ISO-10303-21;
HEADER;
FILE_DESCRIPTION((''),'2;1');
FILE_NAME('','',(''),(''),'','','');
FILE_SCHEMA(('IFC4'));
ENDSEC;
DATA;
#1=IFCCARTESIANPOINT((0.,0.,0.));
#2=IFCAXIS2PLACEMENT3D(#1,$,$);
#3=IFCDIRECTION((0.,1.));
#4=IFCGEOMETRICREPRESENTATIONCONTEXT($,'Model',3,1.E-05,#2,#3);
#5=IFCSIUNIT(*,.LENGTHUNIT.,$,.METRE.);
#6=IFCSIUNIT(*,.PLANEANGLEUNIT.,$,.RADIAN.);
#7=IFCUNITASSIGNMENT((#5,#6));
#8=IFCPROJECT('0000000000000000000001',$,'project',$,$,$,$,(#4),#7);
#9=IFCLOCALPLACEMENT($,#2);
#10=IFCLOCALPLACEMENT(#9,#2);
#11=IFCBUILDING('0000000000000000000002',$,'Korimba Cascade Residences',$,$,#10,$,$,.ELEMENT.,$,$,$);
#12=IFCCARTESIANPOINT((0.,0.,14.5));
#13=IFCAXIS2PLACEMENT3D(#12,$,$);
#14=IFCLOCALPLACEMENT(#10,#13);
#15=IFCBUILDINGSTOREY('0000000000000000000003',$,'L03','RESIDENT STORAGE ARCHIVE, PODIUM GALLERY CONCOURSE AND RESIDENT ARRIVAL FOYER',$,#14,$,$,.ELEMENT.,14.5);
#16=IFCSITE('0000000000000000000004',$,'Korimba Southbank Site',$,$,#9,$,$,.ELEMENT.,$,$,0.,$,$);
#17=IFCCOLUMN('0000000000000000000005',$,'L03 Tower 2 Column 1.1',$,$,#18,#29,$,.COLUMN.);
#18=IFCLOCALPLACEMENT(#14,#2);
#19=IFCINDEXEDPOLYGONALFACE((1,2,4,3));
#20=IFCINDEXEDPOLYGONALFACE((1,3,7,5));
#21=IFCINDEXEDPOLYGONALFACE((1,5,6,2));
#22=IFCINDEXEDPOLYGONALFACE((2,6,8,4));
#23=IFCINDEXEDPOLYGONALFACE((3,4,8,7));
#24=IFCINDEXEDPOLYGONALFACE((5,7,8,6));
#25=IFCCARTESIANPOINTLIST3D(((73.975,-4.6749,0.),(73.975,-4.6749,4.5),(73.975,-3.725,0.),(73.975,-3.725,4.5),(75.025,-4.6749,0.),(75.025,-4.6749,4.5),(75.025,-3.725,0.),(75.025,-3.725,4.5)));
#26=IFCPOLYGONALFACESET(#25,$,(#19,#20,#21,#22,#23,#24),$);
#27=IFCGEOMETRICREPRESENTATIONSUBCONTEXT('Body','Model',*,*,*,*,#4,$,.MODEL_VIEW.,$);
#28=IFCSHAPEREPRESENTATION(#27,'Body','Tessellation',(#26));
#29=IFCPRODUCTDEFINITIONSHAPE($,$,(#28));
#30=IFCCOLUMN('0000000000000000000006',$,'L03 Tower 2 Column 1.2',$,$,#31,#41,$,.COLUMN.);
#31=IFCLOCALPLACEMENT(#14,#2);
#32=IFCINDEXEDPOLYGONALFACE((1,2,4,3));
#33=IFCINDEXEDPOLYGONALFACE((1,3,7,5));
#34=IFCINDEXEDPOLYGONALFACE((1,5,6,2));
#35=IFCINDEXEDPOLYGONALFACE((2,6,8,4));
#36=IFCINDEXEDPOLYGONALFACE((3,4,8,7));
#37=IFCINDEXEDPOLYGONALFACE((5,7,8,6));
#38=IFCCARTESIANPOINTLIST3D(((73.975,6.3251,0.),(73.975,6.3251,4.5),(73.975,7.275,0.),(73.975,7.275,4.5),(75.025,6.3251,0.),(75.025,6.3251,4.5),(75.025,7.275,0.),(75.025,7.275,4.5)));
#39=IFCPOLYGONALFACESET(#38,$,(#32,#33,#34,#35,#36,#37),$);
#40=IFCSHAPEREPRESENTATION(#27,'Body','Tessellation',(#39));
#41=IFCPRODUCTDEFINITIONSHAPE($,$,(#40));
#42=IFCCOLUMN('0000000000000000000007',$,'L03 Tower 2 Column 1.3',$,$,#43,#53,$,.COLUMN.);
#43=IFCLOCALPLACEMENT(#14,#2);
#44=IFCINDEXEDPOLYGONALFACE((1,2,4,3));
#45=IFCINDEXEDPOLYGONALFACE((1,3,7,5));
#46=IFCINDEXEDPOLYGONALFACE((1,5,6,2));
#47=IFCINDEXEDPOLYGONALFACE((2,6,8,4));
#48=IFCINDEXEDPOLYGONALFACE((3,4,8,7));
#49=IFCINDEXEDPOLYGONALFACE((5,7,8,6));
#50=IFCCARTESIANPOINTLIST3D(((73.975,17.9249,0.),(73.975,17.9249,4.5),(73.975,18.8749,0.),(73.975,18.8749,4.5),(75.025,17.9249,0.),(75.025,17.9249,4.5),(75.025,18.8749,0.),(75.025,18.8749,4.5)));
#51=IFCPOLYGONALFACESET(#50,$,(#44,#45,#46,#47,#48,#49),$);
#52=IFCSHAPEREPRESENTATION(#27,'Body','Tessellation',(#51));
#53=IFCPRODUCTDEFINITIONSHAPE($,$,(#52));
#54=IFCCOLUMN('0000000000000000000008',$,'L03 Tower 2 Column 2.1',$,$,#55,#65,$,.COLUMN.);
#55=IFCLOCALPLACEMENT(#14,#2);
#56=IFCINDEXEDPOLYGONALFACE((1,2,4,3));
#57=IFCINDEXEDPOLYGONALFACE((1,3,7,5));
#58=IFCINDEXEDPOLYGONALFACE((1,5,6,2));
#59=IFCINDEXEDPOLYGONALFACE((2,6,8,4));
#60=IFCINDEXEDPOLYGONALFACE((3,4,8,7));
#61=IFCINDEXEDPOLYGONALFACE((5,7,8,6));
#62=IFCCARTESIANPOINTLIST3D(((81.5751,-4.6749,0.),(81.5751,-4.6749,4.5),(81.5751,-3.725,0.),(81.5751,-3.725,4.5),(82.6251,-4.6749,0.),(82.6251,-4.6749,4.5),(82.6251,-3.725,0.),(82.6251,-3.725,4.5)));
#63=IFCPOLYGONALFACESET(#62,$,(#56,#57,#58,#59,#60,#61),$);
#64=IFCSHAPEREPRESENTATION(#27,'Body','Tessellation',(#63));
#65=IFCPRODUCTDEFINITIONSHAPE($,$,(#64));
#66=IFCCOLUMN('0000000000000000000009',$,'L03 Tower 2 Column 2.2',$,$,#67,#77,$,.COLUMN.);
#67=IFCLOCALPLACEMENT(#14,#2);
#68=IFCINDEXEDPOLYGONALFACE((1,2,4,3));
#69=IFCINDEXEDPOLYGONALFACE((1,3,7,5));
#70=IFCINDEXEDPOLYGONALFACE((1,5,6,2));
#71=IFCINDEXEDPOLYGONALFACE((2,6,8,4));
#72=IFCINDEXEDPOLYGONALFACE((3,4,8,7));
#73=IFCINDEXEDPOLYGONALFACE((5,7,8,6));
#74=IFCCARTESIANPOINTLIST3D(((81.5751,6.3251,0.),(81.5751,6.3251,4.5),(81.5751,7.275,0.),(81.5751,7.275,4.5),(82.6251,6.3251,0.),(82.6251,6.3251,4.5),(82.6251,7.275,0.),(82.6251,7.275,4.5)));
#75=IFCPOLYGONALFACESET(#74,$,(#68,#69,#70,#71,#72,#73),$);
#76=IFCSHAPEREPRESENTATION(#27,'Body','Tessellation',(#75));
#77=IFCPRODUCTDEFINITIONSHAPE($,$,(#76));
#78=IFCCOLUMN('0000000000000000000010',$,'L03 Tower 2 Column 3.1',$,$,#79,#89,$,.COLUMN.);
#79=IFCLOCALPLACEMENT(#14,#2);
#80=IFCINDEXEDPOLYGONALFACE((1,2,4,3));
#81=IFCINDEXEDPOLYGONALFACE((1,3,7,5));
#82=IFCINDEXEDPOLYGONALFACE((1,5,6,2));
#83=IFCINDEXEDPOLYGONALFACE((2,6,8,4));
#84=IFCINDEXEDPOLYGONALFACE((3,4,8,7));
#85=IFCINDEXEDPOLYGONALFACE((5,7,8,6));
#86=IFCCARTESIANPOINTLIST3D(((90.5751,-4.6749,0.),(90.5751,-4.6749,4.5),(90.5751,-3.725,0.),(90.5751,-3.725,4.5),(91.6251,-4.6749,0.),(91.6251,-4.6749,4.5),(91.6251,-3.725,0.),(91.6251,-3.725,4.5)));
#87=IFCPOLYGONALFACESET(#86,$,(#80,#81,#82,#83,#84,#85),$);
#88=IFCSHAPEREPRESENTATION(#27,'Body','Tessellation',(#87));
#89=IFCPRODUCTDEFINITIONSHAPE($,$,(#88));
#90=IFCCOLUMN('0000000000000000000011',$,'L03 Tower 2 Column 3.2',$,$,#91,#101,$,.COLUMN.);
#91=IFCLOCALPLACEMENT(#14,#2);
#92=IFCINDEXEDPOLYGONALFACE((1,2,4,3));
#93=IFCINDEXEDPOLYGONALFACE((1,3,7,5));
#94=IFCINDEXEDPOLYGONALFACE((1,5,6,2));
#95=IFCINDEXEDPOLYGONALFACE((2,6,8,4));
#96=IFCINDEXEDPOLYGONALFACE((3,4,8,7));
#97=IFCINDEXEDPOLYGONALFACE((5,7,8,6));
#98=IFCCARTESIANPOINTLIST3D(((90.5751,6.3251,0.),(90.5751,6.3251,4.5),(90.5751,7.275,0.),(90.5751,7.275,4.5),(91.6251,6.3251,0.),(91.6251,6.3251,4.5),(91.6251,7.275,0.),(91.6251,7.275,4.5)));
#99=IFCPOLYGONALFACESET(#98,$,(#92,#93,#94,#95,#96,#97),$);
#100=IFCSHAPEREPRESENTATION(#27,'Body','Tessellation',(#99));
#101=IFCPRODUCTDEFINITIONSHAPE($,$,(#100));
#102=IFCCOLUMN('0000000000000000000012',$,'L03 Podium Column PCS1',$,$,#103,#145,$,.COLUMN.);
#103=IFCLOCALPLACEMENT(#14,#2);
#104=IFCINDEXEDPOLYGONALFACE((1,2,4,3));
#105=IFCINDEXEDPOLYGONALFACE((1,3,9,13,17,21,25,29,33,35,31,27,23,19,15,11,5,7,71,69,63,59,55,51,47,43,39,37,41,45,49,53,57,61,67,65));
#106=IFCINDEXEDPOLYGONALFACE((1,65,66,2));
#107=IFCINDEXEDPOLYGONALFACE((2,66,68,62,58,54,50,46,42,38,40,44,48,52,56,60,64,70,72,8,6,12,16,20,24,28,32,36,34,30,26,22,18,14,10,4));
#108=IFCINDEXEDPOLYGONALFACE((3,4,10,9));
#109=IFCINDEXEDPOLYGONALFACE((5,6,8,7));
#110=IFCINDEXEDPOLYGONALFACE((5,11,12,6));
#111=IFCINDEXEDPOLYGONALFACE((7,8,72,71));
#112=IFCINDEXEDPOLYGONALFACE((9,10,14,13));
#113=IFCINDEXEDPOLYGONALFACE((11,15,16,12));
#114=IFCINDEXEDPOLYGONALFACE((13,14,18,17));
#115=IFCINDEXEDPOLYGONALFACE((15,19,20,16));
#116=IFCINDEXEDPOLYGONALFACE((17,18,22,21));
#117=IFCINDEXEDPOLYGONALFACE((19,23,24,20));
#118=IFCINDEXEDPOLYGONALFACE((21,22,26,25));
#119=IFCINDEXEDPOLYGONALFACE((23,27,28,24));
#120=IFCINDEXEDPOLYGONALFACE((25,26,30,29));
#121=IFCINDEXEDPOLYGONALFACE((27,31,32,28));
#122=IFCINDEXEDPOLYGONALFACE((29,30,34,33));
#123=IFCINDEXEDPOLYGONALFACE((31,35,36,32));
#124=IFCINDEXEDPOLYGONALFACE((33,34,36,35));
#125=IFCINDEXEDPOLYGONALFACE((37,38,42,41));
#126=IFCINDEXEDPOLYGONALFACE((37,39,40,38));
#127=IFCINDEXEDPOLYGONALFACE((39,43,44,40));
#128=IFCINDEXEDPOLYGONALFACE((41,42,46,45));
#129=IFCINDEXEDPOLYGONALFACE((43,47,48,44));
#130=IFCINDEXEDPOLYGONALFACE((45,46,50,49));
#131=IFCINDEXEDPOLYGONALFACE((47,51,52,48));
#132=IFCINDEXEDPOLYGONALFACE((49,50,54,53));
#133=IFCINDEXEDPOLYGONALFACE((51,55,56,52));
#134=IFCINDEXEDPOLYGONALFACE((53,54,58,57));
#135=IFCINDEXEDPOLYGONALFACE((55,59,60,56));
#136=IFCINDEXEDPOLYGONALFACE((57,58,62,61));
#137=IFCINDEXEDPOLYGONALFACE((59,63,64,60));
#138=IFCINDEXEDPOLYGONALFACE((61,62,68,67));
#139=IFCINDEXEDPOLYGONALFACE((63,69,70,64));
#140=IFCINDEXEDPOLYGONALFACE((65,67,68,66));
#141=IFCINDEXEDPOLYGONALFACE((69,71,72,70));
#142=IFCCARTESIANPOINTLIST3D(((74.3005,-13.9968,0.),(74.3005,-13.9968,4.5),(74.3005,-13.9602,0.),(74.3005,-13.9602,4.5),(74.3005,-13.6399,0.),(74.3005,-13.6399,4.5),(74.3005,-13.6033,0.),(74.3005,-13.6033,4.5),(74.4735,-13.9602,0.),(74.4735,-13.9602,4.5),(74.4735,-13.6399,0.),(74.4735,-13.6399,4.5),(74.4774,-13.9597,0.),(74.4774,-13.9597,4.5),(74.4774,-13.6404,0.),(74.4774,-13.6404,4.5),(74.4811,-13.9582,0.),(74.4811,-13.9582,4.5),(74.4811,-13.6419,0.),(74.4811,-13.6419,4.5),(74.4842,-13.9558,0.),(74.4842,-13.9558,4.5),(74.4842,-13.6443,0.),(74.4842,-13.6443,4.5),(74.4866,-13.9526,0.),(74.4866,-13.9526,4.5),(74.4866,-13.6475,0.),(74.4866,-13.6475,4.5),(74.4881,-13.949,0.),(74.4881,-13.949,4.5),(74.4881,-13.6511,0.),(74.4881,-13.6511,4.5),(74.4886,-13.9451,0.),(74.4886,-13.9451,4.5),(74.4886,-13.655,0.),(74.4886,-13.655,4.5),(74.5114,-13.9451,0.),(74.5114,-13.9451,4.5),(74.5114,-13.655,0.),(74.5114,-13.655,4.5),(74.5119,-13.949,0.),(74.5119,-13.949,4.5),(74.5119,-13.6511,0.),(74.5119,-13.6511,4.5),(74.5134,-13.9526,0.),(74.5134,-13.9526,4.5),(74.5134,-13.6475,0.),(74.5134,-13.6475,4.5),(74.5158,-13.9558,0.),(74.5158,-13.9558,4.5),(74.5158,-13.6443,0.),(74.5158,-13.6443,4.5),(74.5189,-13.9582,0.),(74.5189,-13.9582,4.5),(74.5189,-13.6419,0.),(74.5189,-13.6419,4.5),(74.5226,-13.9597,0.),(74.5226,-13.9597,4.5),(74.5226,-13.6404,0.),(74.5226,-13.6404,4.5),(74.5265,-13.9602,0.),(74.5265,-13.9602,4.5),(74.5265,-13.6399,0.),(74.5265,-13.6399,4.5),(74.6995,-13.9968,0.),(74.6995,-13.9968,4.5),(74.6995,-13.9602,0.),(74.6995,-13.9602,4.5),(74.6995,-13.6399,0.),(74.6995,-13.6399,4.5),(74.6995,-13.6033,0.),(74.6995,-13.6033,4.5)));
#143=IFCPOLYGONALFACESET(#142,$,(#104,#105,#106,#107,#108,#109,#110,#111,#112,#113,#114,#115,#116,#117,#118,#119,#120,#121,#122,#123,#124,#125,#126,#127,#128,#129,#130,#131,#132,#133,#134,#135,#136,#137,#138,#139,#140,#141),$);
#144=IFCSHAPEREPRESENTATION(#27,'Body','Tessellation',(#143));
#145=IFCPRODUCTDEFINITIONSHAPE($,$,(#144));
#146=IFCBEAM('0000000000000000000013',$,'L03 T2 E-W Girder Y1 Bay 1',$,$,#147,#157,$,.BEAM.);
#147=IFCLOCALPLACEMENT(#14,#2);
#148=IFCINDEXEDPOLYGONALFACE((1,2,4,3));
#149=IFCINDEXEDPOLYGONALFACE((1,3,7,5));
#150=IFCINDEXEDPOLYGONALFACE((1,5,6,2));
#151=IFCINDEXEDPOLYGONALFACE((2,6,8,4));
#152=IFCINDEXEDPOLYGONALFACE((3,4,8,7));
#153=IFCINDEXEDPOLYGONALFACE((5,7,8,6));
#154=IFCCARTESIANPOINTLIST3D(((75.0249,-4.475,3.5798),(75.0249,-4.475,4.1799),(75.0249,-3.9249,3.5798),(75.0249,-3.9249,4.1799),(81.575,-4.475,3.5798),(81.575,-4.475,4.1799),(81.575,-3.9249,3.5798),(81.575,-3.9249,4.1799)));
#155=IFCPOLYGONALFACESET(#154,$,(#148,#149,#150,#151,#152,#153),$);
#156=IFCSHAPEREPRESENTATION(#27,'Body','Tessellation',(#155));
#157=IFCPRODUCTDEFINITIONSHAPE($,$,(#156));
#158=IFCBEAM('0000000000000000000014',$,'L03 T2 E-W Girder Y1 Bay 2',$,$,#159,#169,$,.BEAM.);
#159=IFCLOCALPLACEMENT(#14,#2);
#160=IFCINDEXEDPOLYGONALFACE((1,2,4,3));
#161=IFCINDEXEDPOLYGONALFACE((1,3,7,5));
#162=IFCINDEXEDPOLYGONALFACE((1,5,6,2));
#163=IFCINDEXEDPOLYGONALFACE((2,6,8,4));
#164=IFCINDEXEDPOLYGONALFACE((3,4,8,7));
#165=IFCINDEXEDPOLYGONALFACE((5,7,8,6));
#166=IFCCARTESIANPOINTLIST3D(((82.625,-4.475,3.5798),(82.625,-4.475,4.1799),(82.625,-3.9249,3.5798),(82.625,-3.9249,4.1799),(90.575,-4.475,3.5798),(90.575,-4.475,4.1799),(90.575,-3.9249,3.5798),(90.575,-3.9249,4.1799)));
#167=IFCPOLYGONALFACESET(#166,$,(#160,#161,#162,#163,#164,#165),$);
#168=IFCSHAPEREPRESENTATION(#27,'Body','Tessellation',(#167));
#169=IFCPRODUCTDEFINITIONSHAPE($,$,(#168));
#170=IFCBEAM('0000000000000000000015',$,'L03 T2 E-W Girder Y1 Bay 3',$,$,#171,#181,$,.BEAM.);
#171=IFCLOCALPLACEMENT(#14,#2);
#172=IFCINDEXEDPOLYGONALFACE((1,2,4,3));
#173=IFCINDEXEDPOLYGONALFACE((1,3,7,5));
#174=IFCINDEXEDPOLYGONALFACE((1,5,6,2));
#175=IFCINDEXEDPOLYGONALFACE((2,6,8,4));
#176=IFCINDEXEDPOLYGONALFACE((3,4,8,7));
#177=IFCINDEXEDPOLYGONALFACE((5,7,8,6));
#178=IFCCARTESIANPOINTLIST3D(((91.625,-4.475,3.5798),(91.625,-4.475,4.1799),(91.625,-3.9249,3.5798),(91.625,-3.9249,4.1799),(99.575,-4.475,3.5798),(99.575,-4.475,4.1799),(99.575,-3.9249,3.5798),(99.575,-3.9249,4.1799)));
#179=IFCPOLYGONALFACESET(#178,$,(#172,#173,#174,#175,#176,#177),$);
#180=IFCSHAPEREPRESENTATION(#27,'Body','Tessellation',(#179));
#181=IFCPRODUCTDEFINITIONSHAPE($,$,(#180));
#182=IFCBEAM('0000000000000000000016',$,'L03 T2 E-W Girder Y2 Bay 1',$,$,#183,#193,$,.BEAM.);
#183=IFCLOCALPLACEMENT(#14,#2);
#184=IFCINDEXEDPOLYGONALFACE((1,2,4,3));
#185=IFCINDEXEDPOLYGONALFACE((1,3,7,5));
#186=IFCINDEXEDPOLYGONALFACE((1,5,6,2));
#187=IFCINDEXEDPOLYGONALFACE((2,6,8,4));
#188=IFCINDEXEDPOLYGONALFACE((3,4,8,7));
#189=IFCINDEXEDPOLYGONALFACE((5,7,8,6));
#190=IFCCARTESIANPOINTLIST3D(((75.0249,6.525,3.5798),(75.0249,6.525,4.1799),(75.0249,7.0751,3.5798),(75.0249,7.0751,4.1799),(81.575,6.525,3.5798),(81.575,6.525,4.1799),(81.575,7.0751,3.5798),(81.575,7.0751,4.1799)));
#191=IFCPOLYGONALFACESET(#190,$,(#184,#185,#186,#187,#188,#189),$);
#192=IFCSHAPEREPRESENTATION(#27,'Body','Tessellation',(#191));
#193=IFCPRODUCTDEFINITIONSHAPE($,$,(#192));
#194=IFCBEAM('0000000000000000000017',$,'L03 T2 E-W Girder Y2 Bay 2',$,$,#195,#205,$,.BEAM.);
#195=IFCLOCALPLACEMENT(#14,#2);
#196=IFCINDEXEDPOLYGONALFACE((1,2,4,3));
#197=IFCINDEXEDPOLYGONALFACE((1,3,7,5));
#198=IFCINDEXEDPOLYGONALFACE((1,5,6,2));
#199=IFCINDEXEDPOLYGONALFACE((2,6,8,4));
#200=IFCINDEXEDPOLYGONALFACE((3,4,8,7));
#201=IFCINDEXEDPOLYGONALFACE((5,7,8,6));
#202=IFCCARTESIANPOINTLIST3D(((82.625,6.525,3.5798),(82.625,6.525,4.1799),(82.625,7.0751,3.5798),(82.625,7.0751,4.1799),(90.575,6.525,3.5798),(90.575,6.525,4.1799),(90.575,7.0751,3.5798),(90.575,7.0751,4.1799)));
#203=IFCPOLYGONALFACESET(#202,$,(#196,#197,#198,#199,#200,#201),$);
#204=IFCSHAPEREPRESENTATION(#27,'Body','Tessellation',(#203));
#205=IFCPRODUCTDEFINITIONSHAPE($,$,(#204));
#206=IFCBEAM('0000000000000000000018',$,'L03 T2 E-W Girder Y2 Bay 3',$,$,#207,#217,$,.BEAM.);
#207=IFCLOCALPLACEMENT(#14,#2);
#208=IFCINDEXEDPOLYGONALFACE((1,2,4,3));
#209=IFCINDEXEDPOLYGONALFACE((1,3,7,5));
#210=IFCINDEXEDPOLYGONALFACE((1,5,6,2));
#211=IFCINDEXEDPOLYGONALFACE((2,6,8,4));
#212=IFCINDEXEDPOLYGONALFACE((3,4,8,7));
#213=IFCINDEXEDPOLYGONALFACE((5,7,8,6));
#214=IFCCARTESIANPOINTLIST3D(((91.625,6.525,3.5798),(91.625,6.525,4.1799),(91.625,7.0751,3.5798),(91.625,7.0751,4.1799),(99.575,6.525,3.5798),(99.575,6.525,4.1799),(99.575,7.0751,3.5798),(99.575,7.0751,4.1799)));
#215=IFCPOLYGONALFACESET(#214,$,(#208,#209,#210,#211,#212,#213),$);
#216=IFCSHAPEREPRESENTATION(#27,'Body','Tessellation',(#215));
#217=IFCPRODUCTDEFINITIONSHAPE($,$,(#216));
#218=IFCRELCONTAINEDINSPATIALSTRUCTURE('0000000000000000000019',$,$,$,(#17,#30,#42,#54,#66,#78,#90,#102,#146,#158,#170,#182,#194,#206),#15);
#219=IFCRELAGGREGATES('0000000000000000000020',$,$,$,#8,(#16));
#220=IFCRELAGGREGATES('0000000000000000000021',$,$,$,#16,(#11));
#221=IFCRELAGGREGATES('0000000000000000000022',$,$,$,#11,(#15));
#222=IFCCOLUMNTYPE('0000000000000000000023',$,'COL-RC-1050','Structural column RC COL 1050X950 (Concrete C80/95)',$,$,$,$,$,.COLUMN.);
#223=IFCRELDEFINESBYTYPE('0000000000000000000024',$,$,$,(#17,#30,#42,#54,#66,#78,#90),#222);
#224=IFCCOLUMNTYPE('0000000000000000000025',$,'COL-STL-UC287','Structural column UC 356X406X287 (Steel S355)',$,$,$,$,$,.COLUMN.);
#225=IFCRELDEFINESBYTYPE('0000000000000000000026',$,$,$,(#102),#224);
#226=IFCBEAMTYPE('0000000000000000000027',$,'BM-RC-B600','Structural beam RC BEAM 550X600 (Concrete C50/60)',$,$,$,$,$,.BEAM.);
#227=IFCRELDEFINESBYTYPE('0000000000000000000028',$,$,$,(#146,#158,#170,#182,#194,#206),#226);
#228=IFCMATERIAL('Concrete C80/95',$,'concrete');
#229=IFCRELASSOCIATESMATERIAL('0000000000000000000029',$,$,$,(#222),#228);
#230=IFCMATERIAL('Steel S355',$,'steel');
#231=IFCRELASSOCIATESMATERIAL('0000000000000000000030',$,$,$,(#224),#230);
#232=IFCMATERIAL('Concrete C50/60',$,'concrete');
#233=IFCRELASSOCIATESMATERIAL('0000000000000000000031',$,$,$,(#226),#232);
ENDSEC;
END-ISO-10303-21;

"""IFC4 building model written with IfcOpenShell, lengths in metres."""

from ifc_helpers import new_model, si_unit, direction, frame, origin, origin_2d, place, context, subcontext, project, spatial, rectangle, i_section, extrude, material, material_profile, profile_set, type_object, element, save


model = new_model("IFC4")

# Units and contexts
model_context = context("Model", 3, precision=1e-05, world=origin(), true_north=direction((0.0, 1.0)))
body_context = subcontext(model_context, "Body", "Model", "MODEL_VIEW")
ifc_project = project(units=[si_unit("LENGTHUNIT", "METRE"), si_unit("PLANEANGLEUNIT", "RADIAN")], contexts=[model_context])

# Site, building, storey
site_placement = place(None, origin())
site = spatial("IfcSite", under=ifc_project, at=site_placement, Name="Korimba Southbank Site", CompositionType="ELEMENT", RefElevation=0.0)
building_placement = place(site_placement, origin())
building = spatial("IfcBuilding", under=site, at=building_placement, Name="Korimba Cascade Residences", CompositionType="ELEMENT")
storey_placement = place(building_placement, frame((0.0, 0.0, 14.5)))
storey = spatial("IfcBuildingStorey", under=building, at=storey_placement, Name="L03", Description="RESIDENT STORAGE ARCHIVE, PODIUM GALLERY CONCOURSE AND RESIDENT ARRIVAL FOYER", CompositionType="ELEMENT", Elevation=14.5)

# Columns
ifc_material_1 = material(Name="Concrete C80/95", Category="concrete")
ifc_material_profile_1 = material_profile(ifc_material_1, rectangle(XDim=1.05, YDim=0.95, at=origin_2d()), Name="Concrete C80/95")
ifc_profile_set_1 = profile_set([ifc_material_profile_1], Name="Concrete C80/95")
column_type_1 = type_object("IfcColumnType", Name="COL-RC-1050", Description="Structural column RC COL 1050X950 (Concrete C80/95)", PredefinedType="COLUMN", material=ifc_profile_set_1)
for number, where, z_axis, x_axis, name in (
    (1, (74.5, -4.2, 0.0), (0.0, 0.0, 1.0), (1.0, 0.0, 0.0), "L03 Tower 2 Column 1.1"),
    (2, (74.5, 6.8, 0.0), (0.0, 0.0, 1.0), (1.0, 0.0, 0.0), "L03 Tower 2 Column 1.2"),
    (3, (74.5, 18.3999, 0.0), (0.0, 0.0, 1.0), (1.0, 0.0, 0.0), "L03 Tower 2 Column 1.3"),
    (4, (82.1001, -4.2, 0.0), (0.0, 0.0, 1.0), (1.0, 0.0, 0.0), "L03 Tower 2 Column 2.1"),
    (5, (82.1001, 6.8, 0.0), (0.0, 0.0, 1.0), (1.0, 0.0, 0.0), "L03 Tower 2 Column 2.2"),
    (6, (91.1001, -4.2, 0.0), (0.0, 0.0, 1.0), (1.0, 0.0, 0.0), "L03 Tower 2 Column 3.1"),
    (7, (91.1001, 6.8, 0.0), (0.0, 0.0, 1.0), (1.0, 0.0, 0.0), "L03 Tower 2 Column 3.2"),
):
    element("IfcColumn", number, at=place(storey_placement, frame(where, z_axis=z_axis, x_axis=x_axis)), inside=storey, type_object=column_type_1, Name=name, PredefinedType="COLUMN", context=body_context, shape_type="SweptSolid", body=[
        extrude(rectangle(XDim=1.05, YDim=0.95, at=origin_2d()), origin(), (0.0, 0.0, 1.0), 4.5),
    ])
ifc_material_2 = material(Name="Steel S355", Category="steel")
ifc_material_profile_2 = material_profile(ifc_material_2, i_section(OverallWidth=0.3989, OverallDepth=0.3936, WebThickness=0.0227, FlangeThickness=0.0366, FilletRadius=0.0151, at=origin_2d()), Name="Steel S355")
ifc_profile_set_2 = profile_set([ifc_material_profile_2], Name="Steel S355")
column_type_2 = type_object("IfcColumnType", Name="COL-STL-UC287", Description="Structural column UC 356X406X287 (Steel S355)", PredefinedType="COLUMN", material=ifc_profile_set_2)
column_placement = place(storey_placement, frame((74.5, -13.8, 0.0), z_axis=(0.0, 0.0, 1.0), x_axis=(1.0, 0.0, 0.0)))
element("IfcColumn", 8, at=column_placement, inside=storey, type_object=column_type_2, Name="L03 Podium Column PCS1", PredefinedType="COLUMN", context=body_context, shape_type="SweptSolid", body=[
    extrude(i_section(OverallWidth=0.3989, OverallDepth=0.3936, WebThickness=0.0227, FlangeThickness=0.0366, FilletRadius=0.0151, at=origin_2d()), origin(), (0.0, 0.0, 1.0), 4.5),
])

# Beams
ifc_material_3 = material(Name="Concrete C50/60", Category="concrete")
ifc_material_profile_3 = material_profile(ifc_material_3, rectangle(XDim=0.55, YDim=0.6001, at=origin_2d()), Name="Concrete C50/60")
ifc_profile_set_3 = profile_set([ifc_material_profile_3], Name="Concrete C50/60")
beam_type_1 = type_object("IfcBeamType", Name="BM-RC-B600", Description="Structural beam RC BEAM 550X600 (Concrete C50/60)", PredefinedType="BEAM", material=ifc_profile_set_3)
beam_1_placement = place(storey_placement, frame((75.0249, -4.2, 3.8799), z_axis=(1.0, 0.0, 0.0), x_axis=(0.0, 1.0, 0.0)))
element("IfcBeam", 9, at=beam_1_placement, inside=storey, type_object=beam_type_1, Name="L03 T2 E-W Girder Y1 Bay 1", PredefinedType="BEAM", context=body_context, shape_type="SweptSolid", body=[
    extrude(rectangle(XDim=0.55, YDim=0.6001, at=origin_2d()), origin(), (0.0, 0.0, 1.0), 6.55),
])
for number, where, z_axis, x_axis, name in (
    (10, (82.625, -4.2, 3.8799), (1.0, 0.0, 0.0), (0.0, 1.0, 0.0), "L03 T2 E-W Girder Y1 Bay 2"),
    (11, (91.625, -4.2, 3.8799), (1.0, 0.0, 0.0), (0.0, 1.0, 0.0), "L03 T2 E-W Girder Y1 Bay 3"),
):
    element("IfcBeam", number, at=place(storey_placement, frame(where, z_axis=z_axis, x_axis=x_axis)), inside=storey, type_object=beam_type_1, Name=name, PredefinedType="BEAM", context=body_context, shape_type="SweptSolid", body=[
        extrude(rectangle(XDim=0.55, YDim=0.6001, at=origin_2d()), origin(), (0.0, 0.0, 1.0), 7.95),
    ])
beam_2_placement = place(storey_placement, frame((75.0249, 6.8, 3.8799), z_axis=(1.0, 0.0, 0.0), x_axis=(0.0, 1.0, 0.0)))
element("IfcBeam", 12, at=beam_2_placement, inside=storey, type_object=beam_type_1, Name="L03 T2 E-W Girder Y2 Bay 1", PredefinedType="BEAM", context=body_context, shape_type="SweptSolid", body=[
    extrude(rectangle(XDim=0.55, YDim=0.6001, at=origin_2d()), origin(), (0.0, 0.0, 1.0), 6.55),
])
for number, where, z_axis, x_axis, name in (
    (13, (82.625, 6.8, 3.8799), (1.0, 0.0, 0.0), (0.0, 1.0, 0.0), "L03 T2 E-W Girder Y2 Bay 2"),
    (14, (91.625, 6.8, 3.8799), (1.0, 0.0, 0.0), (0.0, 1.0, 0.0), "L03 T2 E-W Girder Y2 Bay 3"),
):
    element("IfcBeam", number, at=place(storey_placement, frame(where, z_axis=z_axis, x_axis=x_axis)), inside=storey, type_object=beam_type_1, Name=name, PredefinedType="BEAM", context=body_context, shape_type="SweptSolid", body=[
        extrude(rectangle(XDim=0.55, YDim=0.6001, at=origin_2d()), origin(), (0.0, 0.0, 1.0), 7.95),
    ])

save(model, "model.ifc")
